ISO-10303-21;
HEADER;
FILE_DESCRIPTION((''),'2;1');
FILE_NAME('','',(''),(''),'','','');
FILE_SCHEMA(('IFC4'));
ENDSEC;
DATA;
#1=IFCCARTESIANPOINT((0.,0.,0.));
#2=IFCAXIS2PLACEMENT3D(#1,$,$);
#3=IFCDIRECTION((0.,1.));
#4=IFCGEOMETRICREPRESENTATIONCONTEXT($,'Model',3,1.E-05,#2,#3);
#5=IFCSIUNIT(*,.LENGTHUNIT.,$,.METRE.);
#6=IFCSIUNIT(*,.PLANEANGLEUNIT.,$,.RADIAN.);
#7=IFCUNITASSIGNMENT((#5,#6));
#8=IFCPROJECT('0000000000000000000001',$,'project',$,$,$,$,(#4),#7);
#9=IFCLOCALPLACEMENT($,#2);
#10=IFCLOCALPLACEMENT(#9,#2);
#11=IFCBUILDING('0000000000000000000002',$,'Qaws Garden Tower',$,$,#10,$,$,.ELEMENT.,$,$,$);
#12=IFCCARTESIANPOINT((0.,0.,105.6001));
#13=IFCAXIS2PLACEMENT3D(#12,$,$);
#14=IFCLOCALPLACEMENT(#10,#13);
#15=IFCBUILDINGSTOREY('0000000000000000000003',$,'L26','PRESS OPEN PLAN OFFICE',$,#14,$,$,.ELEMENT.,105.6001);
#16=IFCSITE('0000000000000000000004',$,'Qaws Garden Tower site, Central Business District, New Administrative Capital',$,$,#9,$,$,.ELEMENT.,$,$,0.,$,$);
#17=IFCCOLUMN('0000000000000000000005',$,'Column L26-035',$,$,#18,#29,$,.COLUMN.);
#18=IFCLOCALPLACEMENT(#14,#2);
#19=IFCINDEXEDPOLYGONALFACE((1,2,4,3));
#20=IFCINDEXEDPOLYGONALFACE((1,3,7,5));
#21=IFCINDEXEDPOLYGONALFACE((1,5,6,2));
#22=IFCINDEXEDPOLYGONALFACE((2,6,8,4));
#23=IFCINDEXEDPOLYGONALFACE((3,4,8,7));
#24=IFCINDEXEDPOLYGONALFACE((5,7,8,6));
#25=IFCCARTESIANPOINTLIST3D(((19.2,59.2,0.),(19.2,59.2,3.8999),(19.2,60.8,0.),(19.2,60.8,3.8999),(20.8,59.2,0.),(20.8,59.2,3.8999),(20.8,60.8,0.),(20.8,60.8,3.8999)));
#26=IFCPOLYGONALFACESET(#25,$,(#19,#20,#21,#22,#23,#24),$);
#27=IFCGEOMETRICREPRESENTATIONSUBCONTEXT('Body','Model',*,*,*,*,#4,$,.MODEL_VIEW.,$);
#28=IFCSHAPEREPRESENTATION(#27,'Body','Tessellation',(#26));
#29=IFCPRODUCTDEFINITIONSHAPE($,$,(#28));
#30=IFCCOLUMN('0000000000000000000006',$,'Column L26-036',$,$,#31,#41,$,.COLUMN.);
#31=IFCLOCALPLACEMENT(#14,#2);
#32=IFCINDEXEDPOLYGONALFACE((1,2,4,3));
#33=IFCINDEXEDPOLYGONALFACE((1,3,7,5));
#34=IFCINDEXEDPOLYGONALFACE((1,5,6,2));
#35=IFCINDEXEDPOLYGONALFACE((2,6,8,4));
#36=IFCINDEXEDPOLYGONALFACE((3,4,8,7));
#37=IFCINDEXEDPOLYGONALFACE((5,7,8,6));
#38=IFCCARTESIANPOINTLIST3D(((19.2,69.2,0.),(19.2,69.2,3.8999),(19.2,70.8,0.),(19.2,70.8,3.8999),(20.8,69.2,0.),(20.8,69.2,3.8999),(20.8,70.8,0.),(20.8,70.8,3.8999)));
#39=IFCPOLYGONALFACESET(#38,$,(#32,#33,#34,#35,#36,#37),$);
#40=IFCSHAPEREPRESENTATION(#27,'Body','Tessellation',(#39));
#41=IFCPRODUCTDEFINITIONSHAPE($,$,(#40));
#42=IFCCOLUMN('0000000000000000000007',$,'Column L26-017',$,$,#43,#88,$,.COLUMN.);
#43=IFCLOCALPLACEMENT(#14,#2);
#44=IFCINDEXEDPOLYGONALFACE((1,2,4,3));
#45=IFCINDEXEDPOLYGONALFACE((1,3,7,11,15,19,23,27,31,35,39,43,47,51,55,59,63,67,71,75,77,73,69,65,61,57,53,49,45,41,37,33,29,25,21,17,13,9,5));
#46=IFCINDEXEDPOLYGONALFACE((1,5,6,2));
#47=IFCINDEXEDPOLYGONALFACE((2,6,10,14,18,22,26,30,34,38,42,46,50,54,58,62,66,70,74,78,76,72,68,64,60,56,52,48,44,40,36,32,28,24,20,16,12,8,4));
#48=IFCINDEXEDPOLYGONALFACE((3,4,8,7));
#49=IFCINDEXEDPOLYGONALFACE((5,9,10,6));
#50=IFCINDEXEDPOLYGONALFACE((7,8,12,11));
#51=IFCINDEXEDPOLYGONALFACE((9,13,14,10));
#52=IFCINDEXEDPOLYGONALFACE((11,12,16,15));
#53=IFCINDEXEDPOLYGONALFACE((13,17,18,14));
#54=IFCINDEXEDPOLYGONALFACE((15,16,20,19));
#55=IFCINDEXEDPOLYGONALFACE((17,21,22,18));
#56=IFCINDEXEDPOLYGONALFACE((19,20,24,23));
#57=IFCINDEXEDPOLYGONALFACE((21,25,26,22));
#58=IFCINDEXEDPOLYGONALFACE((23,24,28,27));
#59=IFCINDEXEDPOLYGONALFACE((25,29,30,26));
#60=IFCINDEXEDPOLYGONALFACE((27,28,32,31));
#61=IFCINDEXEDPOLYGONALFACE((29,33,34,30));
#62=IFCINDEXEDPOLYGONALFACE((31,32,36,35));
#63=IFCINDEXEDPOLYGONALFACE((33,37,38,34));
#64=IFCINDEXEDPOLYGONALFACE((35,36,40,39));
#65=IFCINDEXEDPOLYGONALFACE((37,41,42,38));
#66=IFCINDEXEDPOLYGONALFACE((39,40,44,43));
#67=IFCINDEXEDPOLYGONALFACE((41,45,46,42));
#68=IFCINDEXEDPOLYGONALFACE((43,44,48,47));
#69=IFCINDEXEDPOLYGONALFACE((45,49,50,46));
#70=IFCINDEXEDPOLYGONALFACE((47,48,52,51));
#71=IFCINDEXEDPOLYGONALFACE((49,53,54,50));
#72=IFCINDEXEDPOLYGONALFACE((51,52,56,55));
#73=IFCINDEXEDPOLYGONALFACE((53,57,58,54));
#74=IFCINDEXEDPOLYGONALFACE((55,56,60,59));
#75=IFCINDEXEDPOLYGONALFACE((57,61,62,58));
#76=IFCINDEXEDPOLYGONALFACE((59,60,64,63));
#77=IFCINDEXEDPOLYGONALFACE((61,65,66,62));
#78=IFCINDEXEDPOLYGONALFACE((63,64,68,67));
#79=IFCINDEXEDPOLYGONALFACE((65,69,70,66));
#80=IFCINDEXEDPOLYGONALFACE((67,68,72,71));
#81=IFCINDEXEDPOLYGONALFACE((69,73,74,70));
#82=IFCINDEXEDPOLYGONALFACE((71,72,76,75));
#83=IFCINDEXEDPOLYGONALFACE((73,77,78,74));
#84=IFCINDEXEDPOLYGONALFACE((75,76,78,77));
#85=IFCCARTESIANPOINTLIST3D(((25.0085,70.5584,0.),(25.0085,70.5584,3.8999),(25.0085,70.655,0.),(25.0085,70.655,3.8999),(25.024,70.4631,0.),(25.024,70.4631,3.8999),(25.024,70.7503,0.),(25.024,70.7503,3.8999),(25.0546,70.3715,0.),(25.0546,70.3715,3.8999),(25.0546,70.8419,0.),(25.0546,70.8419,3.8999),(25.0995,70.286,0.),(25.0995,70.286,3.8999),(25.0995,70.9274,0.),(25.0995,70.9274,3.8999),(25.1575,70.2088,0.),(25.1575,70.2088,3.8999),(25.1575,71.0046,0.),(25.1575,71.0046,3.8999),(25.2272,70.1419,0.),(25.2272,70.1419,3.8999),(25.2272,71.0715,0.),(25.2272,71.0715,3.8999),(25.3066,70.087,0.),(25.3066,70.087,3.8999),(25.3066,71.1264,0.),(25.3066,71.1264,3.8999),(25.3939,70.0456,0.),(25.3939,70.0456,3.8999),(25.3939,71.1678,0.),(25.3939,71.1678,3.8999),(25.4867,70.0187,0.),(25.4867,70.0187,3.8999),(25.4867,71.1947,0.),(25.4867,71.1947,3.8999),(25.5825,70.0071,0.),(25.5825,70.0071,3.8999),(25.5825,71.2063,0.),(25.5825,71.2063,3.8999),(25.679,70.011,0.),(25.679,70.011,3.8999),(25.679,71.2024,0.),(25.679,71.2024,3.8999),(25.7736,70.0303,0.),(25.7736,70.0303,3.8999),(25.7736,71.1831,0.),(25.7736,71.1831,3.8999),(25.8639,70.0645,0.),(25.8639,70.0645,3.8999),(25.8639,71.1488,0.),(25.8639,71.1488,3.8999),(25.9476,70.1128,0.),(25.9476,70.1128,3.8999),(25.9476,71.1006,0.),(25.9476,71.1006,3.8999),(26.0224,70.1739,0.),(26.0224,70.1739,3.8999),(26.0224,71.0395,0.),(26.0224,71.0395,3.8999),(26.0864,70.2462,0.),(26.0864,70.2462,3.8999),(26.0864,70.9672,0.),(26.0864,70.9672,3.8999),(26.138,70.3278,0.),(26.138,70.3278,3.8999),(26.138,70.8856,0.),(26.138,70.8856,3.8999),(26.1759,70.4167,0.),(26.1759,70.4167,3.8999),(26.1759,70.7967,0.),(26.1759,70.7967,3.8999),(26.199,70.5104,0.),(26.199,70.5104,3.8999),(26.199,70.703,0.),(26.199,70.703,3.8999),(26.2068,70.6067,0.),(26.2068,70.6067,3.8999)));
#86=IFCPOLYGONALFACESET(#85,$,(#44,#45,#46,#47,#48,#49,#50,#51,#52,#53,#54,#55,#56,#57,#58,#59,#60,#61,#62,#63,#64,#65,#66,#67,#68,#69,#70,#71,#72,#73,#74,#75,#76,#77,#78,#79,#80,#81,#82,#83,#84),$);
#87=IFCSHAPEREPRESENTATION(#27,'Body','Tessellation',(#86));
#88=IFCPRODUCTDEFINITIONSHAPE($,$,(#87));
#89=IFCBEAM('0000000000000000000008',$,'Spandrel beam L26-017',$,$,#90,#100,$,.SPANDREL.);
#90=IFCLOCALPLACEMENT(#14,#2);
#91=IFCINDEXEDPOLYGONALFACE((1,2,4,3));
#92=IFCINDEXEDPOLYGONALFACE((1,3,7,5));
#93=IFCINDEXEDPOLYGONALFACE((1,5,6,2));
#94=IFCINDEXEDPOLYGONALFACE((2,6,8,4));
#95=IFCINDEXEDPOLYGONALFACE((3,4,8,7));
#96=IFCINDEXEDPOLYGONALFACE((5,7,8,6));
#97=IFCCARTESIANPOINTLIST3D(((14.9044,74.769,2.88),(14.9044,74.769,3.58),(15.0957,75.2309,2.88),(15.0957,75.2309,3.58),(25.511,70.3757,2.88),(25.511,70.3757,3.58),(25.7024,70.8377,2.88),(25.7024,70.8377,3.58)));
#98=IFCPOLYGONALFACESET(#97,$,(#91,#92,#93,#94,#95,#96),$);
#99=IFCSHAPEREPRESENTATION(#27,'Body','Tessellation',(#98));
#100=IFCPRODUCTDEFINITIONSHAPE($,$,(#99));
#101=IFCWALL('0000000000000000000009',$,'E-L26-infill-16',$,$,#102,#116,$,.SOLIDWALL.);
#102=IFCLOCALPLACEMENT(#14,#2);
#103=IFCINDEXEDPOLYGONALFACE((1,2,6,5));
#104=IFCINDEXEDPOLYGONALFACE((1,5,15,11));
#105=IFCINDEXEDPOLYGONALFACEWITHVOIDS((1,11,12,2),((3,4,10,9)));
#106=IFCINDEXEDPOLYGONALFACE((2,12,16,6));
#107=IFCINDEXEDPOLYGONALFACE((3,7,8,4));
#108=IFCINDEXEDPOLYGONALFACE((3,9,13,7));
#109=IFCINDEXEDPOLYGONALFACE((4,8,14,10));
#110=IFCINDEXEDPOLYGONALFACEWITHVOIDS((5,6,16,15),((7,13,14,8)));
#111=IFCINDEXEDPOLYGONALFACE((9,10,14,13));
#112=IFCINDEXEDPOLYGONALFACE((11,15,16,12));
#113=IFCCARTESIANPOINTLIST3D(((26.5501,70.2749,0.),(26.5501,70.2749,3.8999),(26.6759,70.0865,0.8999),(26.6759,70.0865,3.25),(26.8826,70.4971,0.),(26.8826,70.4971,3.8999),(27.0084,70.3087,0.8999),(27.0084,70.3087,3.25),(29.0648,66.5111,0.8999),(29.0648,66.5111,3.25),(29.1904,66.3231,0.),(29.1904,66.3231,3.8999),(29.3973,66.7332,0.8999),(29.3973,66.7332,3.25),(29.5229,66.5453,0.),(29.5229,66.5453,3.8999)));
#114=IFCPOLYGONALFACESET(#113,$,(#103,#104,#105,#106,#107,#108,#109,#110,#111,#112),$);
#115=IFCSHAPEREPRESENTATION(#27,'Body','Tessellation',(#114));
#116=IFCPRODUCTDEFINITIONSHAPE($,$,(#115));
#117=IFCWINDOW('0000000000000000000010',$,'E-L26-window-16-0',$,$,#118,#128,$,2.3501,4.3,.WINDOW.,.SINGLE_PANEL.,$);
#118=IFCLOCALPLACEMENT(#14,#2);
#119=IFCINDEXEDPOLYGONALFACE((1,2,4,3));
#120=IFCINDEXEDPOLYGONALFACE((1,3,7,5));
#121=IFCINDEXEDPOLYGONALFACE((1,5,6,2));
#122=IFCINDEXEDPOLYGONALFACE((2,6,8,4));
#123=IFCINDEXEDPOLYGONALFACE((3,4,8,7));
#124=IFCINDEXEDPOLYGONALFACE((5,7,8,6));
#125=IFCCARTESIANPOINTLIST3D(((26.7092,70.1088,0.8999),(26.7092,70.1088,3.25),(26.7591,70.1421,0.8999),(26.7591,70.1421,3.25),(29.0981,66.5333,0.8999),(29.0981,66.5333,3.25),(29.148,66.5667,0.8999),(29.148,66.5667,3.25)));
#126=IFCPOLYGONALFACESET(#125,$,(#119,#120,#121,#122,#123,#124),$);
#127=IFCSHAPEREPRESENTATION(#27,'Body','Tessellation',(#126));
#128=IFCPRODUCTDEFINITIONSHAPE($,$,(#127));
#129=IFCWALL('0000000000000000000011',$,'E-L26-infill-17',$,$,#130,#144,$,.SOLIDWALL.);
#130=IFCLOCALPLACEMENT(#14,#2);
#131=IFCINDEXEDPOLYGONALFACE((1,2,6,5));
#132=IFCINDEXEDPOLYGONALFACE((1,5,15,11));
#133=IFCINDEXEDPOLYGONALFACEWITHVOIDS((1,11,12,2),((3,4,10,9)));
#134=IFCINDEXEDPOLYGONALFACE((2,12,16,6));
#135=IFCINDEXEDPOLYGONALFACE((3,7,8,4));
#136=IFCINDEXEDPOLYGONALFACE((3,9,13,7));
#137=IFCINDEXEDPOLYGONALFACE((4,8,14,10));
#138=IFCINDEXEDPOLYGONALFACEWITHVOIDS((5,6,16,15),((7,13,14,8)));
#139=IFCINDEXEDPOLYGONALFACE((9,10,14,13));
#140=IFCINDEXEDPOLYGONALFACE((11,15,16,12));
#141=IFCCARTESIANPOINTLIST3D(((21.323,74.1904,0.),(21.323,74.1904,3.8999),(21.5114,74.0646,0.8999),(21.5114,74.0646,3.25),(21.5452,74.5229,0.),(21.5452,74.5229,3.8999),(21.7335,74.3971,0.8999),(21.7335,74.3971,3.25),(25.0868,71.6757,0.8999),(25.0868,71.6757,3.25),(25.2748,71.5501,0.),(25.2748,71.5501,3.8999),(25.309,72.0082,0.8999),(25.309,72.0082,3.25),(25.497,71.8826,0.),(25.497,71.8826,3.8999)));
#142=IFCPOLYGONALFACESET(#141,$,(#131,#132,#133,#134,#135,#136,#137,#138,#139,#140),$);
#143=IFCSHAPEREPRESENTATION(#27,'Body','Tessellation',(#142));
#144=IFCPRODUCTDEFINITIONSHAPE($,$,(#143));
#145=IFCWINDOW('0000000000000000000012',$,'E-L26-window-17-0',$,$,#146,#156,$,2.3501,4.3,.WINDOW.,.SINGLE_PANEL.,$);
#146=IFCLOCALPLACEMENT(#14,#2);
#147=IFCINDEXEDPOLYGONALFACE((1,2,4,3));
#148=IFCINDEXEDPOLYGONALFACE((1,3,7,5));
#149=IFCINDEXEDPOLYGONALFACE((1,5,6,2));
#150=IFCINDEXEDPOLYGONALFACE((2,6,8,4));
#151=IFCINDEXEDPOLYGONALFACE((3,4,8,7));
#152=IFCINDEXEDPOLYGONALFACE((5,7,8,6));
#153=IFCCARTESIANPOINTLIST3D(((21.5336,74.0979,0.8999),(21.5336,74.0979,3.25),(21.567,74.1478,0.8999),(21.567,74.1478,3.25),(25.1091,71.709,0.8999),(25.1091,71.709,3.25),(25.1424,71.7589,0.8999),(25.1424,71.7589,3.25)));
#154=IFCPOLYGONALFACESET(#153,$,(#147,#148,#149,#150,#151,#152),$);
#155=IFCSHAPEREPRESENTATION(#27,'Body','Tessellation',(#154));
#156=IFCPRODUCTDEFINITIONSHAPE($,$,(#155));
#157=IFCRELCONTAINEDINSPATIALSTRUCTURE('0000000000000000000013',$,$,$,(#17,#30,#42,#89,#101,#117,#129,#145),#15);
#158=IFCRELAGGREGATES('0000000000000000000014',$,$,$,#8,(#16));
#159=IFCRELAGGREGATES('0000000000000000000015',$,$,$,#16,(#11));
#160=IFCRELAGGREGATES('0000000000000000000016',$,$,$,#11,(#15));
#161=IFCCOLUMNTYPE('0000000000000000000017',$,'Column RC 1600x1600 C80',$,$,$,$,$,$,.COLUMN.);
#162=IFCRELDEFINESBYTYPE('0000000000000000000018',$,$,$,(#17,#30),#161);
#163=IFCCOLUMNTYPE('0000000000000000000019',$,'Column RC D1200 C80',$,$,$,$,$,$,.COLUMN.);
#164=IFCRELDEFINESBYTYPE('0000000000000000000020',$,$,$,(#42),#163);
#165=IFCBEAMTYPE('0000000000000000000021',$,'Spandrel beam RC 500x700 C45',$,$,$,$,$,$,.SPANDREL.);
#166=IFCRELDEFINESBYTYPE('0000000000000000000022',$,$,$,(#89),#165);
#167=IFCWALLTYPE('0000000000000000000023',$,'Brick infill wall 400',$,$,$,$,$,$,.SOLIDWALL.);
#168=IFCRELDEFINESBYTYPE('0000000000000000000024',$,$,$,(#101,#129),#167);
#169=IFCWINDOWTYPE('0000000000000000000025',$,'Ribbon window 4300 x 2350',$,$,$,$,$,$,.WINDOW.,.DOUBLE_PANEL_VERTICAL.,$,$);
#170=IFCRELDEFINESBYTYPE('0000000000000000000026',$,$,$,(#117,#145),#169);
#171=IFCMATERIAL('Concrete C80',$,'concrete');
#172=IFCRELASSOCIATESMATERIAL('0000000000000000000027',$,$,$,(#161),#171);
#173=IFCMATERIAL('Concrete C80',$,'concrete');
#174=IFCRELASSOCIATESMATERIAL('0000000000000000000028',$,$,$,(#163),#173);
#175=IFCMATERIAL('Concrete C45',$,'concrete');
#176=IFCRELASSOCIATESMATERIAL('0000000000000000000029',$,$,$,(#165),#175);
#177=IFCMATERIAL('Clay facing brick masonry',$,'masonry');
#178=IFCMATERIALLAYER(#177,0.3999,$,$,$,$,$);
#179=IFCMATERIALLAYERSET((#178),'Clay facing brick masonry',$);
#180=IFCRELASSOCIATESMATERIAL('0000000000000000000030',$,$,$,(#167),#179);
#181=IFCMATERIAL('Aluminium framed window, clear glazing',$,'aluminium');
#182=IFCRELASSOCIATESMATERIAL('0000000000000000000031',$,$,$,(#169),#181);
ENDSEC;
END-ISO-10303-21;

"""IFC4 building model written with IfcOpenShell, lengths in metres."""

from ifc_helpers import new_model, si_unit, direction, frame, frame_2d, origin, origin_2d, place, context, subcontext, project, spatial, rectangle, circle, extrude, material, layer, layer_set, material_profile, profile_set, type_object, element, fill, save


model = new_model("IFC4")

# Units and contexts
model_context = context("Model", 3, precision=1e-05, world=origin(), true_north=direction((0.0, 1.0)))
body_context = subcontext(model_context, "Body", "Model", "MODEL_VIEW")
ifc_project = project(units=[si_unit("LENGTHUNIT", "METRE"), si_unit("PLANEANGLEUNIT", "RADIAN")], contexts=[model_context])

# Site, building, storey
site_placement = place(None, origin())
site = spatial("IfcSite", under=ifc_project, at=site_placement, Name="Qaws Garden Tower site, Central Business District, New Administrative Capital", CompositionType="ELEMENT", RefElevation=0.0)
building_placement = place(site_placement, origin())
building = spatial("IfcBuilding", under=site, at=building_placement, Name="Qaws Garden Tower", CompositionType="ELEMENT")
storey_placement = place(building_placement, frame((0.0, 0.0, 105.6001)))
storey = spatial("IfcBuildingStorey", under=building, at=storey_placement, Name="L26", Description="PRESS OPEN PLAN OFFICE", CompositionType="ELEMENT", Elevation=105.6001)

# Columns
ifc_material_1 = material(Name="Concrete C80", Category="concrete")
ifc_material_profile_1 = material_profile(ifc_material_1, rectangle(XDim=1.6001, YDim=1.6001, at=origin_2d()), Name="RC 1600x1600")
ifc_profile_set_1 = profile_set([ifc_material_profile_1], Name="Concrete C80")
column_type_1 = type_object("IfcColumnType", Name="Column RC 1600x1600 C80", PredefinedType="COLUMN", material=ifc_profile_set_1)
for number, where, z_axis, x_axis, name in (
    (1, (20.0, 60.0, 0.0), (0.0, 0.0, 1.0), (1.0, 0.0, 0.0), "Column L26-035"),
    (2, (20.0, 70.0, 0.0), (0.0, 0.0, 1.0), (1.0, 0.0, 0.0), "Column L26-036"),
):
    element("IfcColumn", number, at=place(storey_placement, frame(where, z_axis=z_axis, x_axis=x_axis)), inside=storey, type_object=column_type_1, Name=name, PredefinedType="COLUMN", context=body_context, shape_type="SweptSolid", body=[
        extrude(rectangle(XDim=1.6001, YDim=1.6001, at=origin_2d()), origin(), (0.0, 0.0, 1.0), 3.8999),
    ])
ifc_material_2 = material(Name="Concrete C80", Category="concrete")
ifc_material_profile_2 = material_profile(ifc_material_2, circle(Radius=0.6001, at=origin_2d()), Name="RC D1200")
ifc_profile_set_2 = profile_set([ifc_material_profile_2], Name="Concrete C80")
column_type_2 = type_object("IfcColumnType", Name="Column RC D1200 C80", PredefinedType="COLUMN", material=ifc_profile_set_2)
column_placement = place(storey_placement, frame((25.6067, 70.6067, 0.0), z_axis=(0.0, 0.0, 1.0), x_axis=(1.0, 0.0, 0.0)))
element("IfcColumn", 3, at=column_placement, inside=storey, type_object=column_type_2, Name="Column L26-017", PredefinedType="COLUMN", context=body_context, shape_type="SweptSolid", body=[
    extrude(circle(Radius=0.6001, at=origin_2d()), origin(), (0.0, 0.0, 1.0), 3.8999),
])

# Beam
ifc_material_3 = material(Name="Concrete C45", Category="concrete")
ifc_material_profile_3 = material_profile(ifc_material_3, rectangle(XDim=0.5, YDim=0.7, at=origin_2d()), Name="RC 500x700")
ifc_profile_set_3 = profile_set([ifc_material_profile_3], Name="Concrete C45")
beam_type = type_object("IfcBeamType", Name="Spandrel beam RC 500x700 C45", PredefinedType="SPANDREL", material=ifc_profile_set_3)
beam_placement = place(storey_placement, frame((25.6067, 70.6067, 3.23), z_axis=(-0.923883, 0.382674, 0.0), x_axis=(-0.382674, -0.923883, 0.0)))
element("IfcBeam", 4, at=beam_placement, inside=storey, type_object=beam_type, Name="Spandrel beam L26-017", PredefinedType="SPANDREL", context=body_context, shape_type="SweptSolid", body=[
    extrude(rectangle(XDim=0.5, YDim=0.7, at=origin_2d()), origin(), (0.0, 0.0, 1.0), 11.4805),
])

# Walls, openings, windows
ifc_material_4 = material(Name="Clay facing brick masonry", Category="masonry")
ifc_layer_1 = layer(ifc_material_4, 0.3999)
ifc_layer_set_1 = layer_set([ifc_layer_1], Name="Clay facing brick masonry")
wall_type_1 = type_object("IfcWallType", Name="Brick infill wall 400", PredefinedType="SOLIDWALL", material=ifc_layer_set_1)
wall_1_placement = place(storey_placement, frame((29.3567, 66.4341, 0.0), z_axis=(0.0, 0.0, 1.0), x_axis=(-0.555542, 0.831489, 0.0)))
wall_1 = element("IfcWall", 5, at=wall_1_placement, inside=storey, type_object=wall_type_1, Name="E-L26-infill-16", PredefinedType="SOLIDWALL", context=body_context, shape_type="SweptSolid", body=[
    extrude(rectangle(XDim=4.7527, YDim=0.3999, at=frame_2d((2.3765, 0.0))), origin(), (0.0, 0.0, 1.0), 3.8999),
])
opening_1_placement = place(wall_1_placement, frame((0.2263, 0.0, 0.8999)))
opening_1 = element("IfcOpeningElement", 6, at=opening_1_placement, cuts=wall_1, PredefinedType="OPENING", context=body_context, shape_type="SweptSolid", body=[
    extrude(rectangle(XDim=4.3, YDim=2.3501, at=frame_2d((2.1499, 1.175))), frame((0.0, 0.21, 0.0), z_axis=(0.0, -1.0, 0.0), x_axis=(1.0, 0.0, 0.0)), (0.0, 0.0, 1.0), 0.4199),
])
ifc_material_5 = material(Name="Aluminium framed window, clear glazing", Category="aluminium")
window_type = type_object("IfcWindowType", Name="Ribbon window 4300 x 2350", PartitioningType="DOUBLE_PANEL_VERTICAL", PredefinedType="WINDOW", material=ifc_material_5)
window_1_placement = place(opening_1_placement, origin())
window_1 = element("IfcWindow", 7, at=window_1_placement, inside=storey, type_object=window_type, Name="E-L26-window-16-0", OverallHeight=2.3501, OverallWidth=4.3, PartitioningType="SINGLE_PANEL", PredefinedType="WINDOW", context=body_context, shape_type="SweptSolid", body=[
    extrude(rectangle(XDim=4.3, YDim=2.3501, at=frame_2d((2.1499, 1.175))), frame((0.0, 0.1599, 0.0), z_axis=(0.0, -1.0, 0.0), x_axis=(1.0, 0.0, 0.0)), (0.0, 0.0, 1.0), 0.0601),
])
fill(opening_1, window_1)
wall_2_placement = place(storey_placement, frame((25.386, 71.7163, 0.0), z_axis=(0.0, 0.0, 1.0), x_axis=(-0.831489, 0.555542, 0.0)))
wall_2 = element("IfcWall", 8, at=wall_2_placement, inside=storey, type_object=wall_type_1, Name="E-L26-infill-17", PredefinedType="SOLIDWALL", context=body_context, shape_type="SweptSolid", body=[
    extrude(rectangle(XDim=4.7527, YDim=0.3999, at=frame_2d((2.3765, 0.0))), origin(), (0.0, 0.0, 1.0), 3.8999),
])
opening_2_placement = place(wall_2_placement, frame((0.2263, 0.0, 0.8999)))
opening_2 = element("IfcOpeningElement", 9, at=opening_2_placement, cuts=wall_2, PredefinedType="OPENING", context=body_context, shape_type="SweptSolid", body=[
    extrude(rectangle(XDim=4.3, YDim=2.3501, at=frame_2d((2.1499, 1.175))), frame((0.0, 0.21, 0.0), z_axis=(0.0, -1.0, 0.0), x_axis=(1.0, 0.0, 0.0)), (0.0, 0.0, 1.0), 0.4199),
])
window_2_placement = place(opening_2_placement, origin())
window_2 = element("IfcWindow", 10, at=window_2_placement, inside=storey, type_object=window_type, Name="E-L26-window-17-0", OverallHeight=2.3501, OverallWidth=4.3, PartitioningType="SINGLE_PANEL", PredefinedType="WINDOW", context=body_context, shape_type="SweptSolid", body=[
    extrude(rectangle(XDim=4.3, YDim=2.3501, at=frame_2d((2.1499, 1.175))), frame((0.0, 0.1599, 0.0), z_axis=(0.0, -1.0, 0.0), x_axis=(1.0, 0.0, 0.0)), (0.0, 0.0, 1.0), 0.0601),
])
fill(opening_2, window_2)

save(model, "model.ifc")
